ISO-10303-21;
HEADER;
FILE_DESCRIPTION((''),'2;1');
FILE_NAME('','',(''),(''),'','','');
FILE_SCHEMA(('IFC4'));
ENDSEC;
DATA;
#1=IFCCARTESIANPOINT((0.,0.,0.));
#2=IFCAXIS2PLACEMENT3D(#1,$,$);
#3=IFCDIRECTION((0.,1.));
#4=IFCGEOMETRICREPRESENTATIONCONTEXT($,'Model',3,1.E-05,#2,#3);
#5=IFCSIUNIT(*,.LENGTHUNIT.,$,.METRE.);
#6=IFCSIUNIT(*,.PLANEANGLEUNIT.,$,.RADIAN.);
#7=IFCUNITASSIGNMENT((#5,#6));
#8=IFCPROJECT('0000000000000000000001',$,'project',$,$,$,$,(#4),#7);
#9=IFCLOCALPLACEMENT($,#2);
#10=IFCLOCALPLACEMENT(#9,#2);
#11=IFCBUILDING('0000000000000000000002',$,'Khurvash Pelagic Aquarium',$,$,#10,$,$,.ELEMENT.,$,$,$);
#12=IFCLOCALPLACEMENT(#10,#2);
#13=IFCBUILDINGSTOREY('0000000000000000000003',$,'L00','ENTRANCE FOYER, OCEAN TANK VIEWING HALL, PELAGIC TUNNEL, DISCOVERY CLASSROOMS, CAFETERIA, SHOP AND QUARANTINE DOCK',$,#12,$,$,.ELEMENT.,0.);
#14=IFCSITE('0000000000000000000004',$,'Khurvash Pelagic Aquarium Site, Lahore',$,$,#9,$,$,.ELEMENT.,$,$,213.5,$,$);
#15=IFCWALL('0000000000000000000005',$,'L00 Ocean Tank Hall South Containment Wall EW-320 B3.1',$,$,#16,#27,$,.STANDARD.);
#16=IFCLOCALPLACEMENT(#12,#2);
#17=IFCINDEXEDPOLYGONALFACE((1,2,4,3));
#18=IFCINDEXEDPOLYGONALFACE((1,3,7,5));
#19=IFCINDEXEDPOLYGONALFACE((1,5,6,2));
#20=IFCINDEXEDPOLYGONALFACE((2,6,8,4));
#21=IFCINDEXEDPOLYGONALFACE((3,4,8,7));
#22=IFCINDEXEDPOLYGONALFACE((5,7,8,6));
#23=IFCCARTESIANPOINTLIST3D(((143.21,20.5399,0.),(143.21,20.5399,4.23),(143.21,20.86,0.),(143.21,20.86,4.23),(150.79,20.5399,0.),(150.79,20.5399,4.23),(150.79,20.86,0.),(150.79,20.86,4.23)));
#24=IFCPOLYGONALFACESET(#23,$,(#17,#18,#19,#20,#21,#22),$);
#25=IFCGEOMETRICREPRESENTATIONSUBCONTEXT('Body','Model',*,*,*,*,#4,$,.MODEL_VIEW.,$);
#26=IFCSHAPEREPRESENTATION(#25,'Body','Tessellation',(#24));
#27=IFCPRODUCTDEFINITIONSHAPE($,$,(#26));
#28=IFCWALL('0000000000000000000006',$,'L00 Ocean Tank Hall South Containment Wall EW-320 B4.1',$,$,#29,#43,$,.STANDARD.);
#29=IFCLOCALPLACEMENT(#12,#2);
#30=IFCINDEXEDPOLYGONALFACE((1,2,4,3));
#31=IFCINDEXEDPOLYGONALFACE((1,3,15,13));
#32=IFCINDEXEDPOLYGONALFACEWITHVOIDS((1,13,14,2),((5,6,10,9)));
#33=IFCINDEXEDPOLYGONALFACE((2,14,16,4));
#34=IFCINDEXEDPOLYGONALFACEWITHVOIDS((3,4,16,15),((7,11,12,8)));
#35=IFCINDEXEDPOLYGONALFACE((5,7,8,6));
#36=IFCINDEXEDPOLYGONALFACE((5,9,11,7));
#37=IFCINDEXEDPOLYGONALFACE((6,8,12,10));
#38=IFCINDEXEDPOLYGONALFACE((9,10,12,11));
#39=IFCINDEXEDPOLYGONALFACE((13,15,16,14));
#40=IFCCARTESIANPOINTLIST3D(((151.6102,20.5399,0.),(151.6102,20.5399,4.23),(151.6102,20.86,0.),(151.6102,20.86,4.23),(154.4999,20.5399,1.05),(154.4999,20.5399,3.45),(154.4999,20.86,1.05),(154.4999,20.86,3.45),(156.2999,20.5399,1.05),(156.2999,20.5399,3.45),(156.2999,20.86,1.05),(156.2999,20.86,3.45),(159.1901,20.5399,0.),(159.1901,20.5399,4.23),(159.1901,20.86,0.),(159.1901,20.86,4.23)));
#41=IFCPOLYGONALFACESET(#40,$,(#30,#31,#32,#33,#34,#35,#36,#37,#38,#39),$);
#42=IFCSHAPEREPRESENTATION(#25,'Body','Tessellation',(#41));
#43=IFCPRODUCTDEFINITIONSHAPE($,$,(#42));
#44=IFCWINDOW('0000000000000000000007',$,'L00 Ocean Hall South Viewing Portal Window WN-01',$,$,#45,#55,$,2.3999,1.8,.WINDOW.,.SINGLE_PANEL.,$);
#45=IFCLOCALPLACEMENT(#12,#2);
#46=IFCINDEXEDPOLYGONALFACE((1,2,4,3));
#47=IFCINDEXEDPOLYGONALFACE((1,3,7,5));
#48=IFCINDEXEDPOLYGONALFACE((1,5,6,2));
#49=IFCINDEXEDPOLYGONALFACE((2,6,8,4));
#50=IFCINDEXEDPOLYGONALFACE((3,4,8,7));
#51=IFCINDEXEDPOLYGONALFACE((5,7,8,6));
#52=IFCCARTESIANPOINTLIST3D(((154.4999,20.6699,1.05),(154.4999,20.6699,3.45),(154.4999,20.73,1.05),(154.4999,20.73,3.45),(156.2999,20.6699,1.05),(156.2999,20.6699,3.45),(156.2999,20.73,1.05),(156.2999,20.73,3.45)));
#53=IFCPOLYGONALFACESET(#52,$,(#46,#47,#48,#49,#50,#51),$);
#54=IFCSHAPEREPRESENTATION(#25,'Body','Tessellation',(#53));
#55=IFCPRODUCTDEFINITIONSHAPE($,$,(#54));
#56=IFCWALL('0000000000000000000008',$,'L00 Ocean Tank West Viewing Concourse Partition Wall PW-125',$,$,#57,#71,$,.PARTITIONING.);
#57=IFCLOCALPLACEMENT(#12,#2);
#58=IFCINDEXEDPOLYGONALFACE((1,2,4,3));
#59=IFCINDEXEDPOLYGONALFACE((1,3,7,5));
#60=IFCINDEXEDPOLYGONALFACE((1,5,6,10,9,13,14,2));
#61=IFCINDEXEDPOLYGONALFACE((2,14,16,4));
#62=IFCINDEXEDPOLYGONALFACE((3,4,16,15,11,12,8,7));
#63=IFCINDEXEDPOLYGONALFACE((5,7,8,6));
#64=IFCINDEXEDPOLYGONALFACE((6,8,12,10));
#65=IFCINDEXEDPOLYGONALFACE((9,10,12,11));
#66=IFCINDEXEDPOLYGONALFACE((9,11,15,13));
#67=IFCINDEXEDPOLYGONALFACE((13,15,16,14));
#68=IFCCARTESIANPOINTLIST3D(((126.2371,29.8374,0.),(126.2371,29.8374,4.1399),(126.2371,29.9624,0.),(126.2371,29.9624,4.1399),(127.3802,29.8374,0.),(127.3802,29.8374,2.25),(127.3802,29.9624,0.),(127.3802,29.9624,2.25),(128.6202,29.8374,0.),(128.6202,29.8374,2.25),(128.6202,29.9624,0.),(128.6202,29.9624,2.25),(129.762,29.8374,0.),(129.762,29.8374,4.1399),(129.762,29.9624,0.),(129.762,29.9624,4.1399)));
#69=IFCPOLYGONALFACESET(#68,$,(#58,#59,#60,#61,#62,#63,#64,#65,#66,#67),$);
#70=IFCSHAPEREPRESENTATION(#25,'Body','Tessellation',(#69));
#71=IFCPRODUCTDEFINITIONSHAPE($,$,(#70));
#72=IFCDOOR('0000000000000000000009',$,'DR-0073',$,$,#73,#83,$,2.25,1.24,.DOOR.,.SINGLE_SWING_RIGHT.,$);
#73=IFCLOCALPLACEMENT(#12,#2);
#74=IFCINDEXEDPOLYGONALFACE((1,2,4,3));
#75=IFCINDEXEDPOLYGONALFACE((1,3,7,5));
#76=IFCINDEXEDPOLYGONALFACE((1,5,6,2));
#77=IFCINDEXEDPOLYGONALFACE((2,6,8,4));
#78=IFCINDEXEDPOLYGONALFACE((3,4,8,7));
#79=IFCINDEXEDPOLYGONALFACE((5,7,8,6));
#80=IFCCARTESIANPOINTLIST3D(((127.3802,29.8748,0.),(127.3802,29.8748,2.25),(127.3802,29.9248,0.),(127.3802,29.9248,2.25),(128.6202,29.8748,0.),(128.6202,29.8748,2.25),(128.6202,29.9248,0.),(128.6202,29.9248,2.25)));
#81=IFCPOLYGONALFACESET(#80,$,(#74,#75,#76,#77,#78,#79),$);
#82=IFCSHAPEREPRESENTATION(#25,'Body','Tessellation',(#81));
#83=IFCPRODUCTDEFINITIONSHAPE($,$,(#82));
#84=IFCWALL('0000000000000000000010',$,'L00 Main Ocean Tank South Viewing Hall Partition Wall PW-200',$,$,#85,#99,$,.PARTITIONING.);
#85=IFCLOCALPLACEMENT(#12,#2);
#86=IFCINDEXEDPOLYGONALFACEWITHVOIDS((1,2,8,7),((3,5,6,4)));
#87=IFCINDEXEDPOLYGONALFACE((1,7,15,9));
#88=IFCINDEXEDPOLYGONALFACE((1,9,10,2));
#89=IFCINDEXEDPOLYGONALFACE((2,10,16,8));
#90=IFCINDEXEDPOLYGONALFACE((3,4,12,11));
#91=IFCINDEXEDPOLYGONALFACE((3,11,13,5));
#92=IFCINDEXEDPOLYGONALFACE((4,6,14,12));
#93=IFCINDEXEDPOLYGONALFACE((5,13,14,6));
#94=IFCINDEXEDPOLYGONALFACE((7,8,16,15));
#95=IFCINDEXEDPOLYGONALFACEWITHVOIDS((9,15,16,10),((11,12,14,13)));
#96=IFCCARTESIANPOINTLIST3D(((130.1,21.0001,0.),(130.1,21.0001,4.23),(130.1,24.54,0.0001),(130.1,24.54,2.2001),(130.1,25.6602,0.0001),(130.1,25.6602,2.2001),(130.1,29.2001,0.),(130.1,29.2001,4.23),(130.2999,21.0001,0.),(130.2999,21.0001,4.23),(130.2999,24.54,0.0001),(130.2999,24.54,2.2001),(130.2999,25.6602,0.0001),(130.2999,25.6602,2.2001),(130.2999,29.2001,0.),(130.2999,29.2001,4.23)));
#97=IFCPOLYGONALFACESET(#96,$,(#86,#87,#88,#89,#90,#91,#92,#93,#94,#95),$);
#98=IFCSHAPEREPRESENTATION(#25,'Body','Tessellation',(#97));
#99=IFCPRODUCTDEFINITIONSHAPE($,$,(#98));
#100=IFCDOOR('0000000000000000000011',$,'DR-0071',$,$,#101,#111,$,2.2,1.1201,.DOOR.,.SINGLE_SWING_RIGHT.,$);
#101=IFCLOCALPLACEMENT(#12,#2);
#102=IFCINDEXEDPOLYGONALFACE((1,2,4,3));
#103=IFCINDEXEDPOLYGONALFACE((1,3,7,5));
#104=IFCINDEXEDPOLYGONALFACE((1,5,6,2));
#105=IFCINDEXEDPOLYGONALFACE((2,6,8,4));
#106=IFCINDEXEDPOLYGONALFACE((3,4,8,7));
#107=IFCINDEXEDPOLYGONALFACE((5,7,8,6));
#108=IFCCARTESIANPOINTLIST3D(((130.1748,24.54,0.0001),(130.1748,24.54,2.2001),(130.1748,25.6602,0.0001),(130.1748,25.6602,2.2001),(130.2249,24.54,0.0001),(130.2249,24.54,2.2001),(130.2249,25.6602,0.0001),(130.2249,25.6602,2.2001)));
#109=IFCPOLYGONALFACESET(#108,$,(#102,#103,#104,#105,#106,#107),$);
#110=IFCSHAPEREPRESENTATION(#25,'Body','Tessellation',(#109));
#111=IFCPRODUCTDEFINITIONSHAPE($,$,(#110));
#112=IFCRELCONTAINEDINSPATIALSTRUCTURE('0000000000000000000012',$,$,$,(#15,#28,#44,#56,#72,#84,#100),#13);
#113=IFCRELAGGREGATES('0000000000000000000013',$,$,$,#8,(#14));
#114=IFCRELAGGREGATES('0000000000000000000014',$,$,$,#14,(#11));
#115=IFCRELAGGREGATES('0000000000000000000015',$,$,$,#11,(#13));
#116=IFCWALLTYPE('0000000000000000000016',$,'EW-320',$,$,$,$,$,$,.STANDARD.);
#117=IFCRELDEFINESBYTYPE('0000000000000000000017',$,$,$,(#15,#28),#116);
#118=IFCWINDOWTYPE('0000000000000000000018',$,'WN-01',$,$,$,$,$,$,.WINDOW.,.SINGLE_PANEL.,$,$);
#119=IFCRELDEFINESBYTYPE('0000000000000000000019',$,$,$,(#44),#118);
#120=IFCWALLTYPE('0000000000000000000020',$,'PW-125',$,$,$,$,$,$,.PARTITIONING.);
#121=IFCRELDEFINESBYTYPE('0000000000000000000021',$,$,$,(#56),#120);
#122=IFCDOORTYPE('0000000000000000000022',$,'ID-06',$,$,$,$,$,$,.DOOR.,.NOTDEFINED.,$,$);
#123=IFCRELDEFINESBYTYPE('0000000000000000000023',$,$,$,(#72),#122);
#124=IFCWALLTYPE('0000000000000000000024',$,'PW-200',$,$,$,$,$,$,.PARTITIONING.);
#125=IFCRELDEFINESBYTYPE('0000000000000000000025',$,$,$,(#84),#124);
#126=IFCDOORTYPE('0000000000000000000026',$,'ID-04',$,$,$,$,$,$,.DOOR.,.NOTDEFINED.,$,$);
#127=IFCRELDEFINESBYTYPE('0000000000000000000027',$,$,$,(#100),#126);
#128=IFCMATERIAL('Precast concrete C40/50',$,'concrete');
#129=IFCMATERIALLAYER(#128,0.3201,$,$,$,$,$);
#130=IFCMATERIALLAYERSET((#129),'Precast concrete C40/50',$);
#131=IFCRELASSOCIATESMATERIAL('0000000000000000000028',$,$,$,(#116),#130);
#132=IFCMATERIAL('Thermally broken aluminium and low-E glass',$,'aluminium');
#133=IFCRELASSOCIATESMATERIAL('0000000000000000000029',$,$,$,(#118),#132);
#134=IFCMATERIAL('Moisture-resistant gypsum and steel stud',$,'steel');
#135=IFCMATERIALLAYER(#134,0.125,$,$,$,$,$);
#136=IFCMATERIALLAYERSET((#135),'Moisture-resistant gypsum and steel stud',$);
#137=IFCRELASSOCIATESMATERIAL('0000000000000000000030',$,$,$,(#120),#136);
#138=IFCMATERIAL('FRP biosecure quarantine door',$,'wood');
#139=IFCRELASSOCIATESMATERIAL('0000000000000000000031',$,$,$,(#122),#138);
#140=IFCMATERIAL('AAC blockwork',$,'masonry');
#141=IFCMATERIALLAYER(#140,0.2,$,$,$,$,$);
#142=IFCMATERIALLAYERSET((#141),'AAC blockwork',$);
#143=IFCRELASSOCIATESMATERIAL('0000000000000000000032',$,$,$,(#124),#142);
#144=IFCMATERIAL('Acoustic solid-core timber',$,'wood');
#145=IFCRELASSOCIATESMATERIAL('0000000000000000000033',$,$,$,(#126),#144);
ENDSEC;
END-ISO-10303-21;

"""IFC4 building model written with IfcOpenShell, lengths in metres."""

from ifc_helpers import new_model, si_unit, direction, frame, frame_2d, origin, place, context, subcontext, project, spatial, rectangle, extrude, material, layer, layer_set, type_object, element, fill, save


model = new_model("IFC4")

# Units and contexts
model_context = context("Model", 3, precision=1e-05, world=origin(), true_north=direction((0.0, 1.0)))
body_context = subcontext(model_context, "Body", "Model", "MODEL_VIEW")
ifc_project = project(units=[si_unit("LENGTHUNIT", "METRE"), si_unit("PLANEANGLEUNIT", "RADIAN")], contexts=[model_context])

# Site, building, storey
site_placement = place(None, origin())
site = spatial("IfcSite", under=ifc_project, at=site_placement, Name="Khurvash Pelagic Aquarium Site, Lahore", CompositionType="ELEMENT", RefElevation=213.5)
building_placement = place(site_placement, origin())
building = spatial("IfcBuilding", under=site, at=building_placement, Name="Khurvash Pelagic Aquarium", CompositionType="ELEMENT")
storey_placement = place(building_placement, origin())
storey = spatial("IfcBuildingStorey", under=building, at=storey_placement, Name="L00", Description="ENTRANCE FOYER, OCEAN TANK VIEWING HALL, PELAGIC TUNNEL, DISCOVERY CLASSROOMS, CAFETERIA, SHOP AND QUARANTINE DOCK", CompositionType="ELEMENT", Elevation=0.0)

# Shared definitions
ifc_material_1 = material(Name="Precast concrete C40/50", Category="concrete")
ifc_layer_1 = layer(ifc_material_1, 0.3201)
ifc_layer_set_1 = layer_set([ifc_layer_1], Name="Precast concrete C40/50")
wall_type_1 = type_object("IfcWallType", Name="EW-320", PredefinedType="STANDARD", material=ifc_layer_set_1)

# Shared definitions
ifc_material_2 = material(Name="Thermally broken aluminium and low-E glass", Category="aluminium")
window_type_1 = type_object("IfcWindowType", Name="WN-01", PartitioningType="SINGLE_PANEL", PredefinedType="WINDOW", material=ifc_material_2)

# Wall
wall_1_placement = place(storey_placement, frame((143.21, 20.7, 0.0), z_axis=(0.0, 0.0, 1.0), x_axis=(1.0, 0.0, 0.0)))
element("IfcWall", 1, at=wall_1_placement, inside=storey, type_object=wall_type_1, Name="L00 Ocean Tank Hall South Containment Wall EW-320 B3.1", PredefinedType="STANDARD", context=body_context, shape_type="SweptSolid", body=[
    extrude(rectangle(XDim=7.5801, YDim=0.3201, at=frame_2d((3.79, 0.0))), origin(), (0.0, 0.0, 1.0), 4.23),
])

# Wall, opening, window
wall_2_placement = place(storey_placement, frame((151.6101, 20.7, 0.0), z_axis=(0.0, 0.0, 1.0), x_axis=(1.0, 0.0, 0.0)))
wall_2 = element("IfcWall", 2, at=wall_2_placement, inside=storey, type_object=wall_type_1, Name="L00 Ocean Tank Hall South Containment Wall EW-320 B4.1", PredefinedType="STANDARD", context=body_context, shape_type="SweptSolid", body=[
    extrude(rectangle(XDim=7.5798, YDim=0.3201, at=frame_2d((3.79, 0.0))), origin(), (0.0, 0.0, 1.0), 4.23),
])
opening_1_placement = place(wall_2_placement, frame((2.8899, 0.0, 1.05)))
opening_1 = element("IfcOpeningElement", 3, at=opening_1_placement, cuts=wall_2, PredefinedType="OPENING", context=body_context, shape_type="SweptSolid", body=[
    extrude(rectangle(XDim=1.8, YDim=2.3999, at=frame_2d((0.8999, 1.2))), frame((0.0, 0.1699, 0.0), z_axis=(0.0, -1.0, 0.0), x_axis=(1.0, 0.0, 0.0)), (0.0, 0.0, 1.0), 0.3401),
])
window_1_placement = place(opening_1_placement, origin())
window_1 = element("IfcWindow", 4, at=window_1_placement, inside=storey, type_object=window_type_1, Name="L00 Ocean Hall South Viewing Portal Window WN-01", OverallHeight=2.3999, OverallWidth=1.8, PartitioningType="SINGLE_PANEL", PredefinedType="WINDOW", context=body_context, shape_type="SweptSolid", body=[
    extrude(rectangle(XDim=1.8, YDim=2.3999, at=frame_2d((0.8999, 1.2))), frame((0.0, 0.03, 0.0), z_axis=(0.0, -1.0, 0.0), x_axis=(1.0, 0.0, 0.0)), (0.0, 0.0, 1.0), 0.0601),
])
fill(opening_1, window_1)

# Walls, openings, doors
ifc_material_3 = material(Name="Moisture-resistant gypsum and steel stud", Category="steel")
ifc_layer_2 = layer(ifc_material_3, 0.125)
ifc_layer_set_2 = layer_set([ifc_layer_2], Name="Moisture-resistant gypsum and steel stud")
wall_type_2 = type_object("IfcWallType", Name="PW-125", PredefinedType="PARTITIONING", material=ifc_layer_set_2)
wall_3_placement = place(storey_placement, frame((126.2371, 29.8999, 0.0), z_axis=(0.0, 0.0, 1.0), x_axis=(1.0, 0.0, 0.0)))
wall_3 = element("IfcWall", 5, at=wall_3_placement, inside=storey, type_object=wall_type_2, Name="L00 Ocean Tank West Viewing Concourse Partition Wall PW-125", PredefinedType="PARTITIONING", context=body_context, shape_type="SweptSolid", body=[
    extrude(rectangle(XDim=3.5249, YDim=0.125, at=frame_2d((1.7625, 0.0))), origin(), (0.0, 0.0, 1.0), 4.1399),
])
opening_2_placement = place(wall_3_placement, frame((1.1431, 0.0, 0.0)))
opening_2 = element("IfcOpeningElement", 6, at=opening_2_placement, cuts=wall_3, PredefinedType="OPENING", context=body_context, shape_type="SweptSolid", body=[
    extrude(rectangle(XDim=1.24, YDim=2.25, at=frame_2d((0.6201, 1.125))), frame((0.0, 0.0725, 0.0), z_axis=(0.0, -1.0, 0.0), x_axis=(1.0, 0.0, 0.0)), (0.0, 0.0, 1.0), 0.145),
])
ifc_material_4 = material(Name="FRP biosecure quarantine door", Category="wood")
door_type_1 = type_object("IfcDoorType", Name="ID-06", OperationType="NOTDEFINED", PredefinedType="DOOR", material=ifc_material_4)
door_1_placement = place(opening_2_placement, origin())
door_1 = element("IfcDoor", 7, at=door_1_placement, inside=storey, type_object=door_type_1, Name="DR-0073", OperationType="SINGLE_SWING_RIGHT", OverallHeight=2.25, OverallWidth=1.24, PredefinedType="DOOR", context=body_context, shape_type="SweptSolid", body=[
    extrude(rectangle(XDim=1.24, YDim=2.25, at=frame_2d((0.6201, 1.125))), frame((0.0, 0.0249, 0.0), z_axis=(0.0, -1.0, 0.0), x_axis=(1.0, 0.0, 0.0)), (0.0, 0.0, 1.0), 0.05),
])
fill(opening_2, door_1)
ifc_material_5 = material(Name="AAC blockwork", Category="masonry")
ifc_layer_3 = layer(ifc_material_5, 0.2)
ifc_layer_set_3 = layer_set([ifc_layer_3], Name="AAC blockwork")
wall_type_3 = type_object("IfcWallType", Name="PW-200", PredefinedType="PARTITIONING", material=ifc_layer_set_3)
wall_4_placement = place(storey_placement, frame((130.2, 21.0, 0.0), z_axis=(0.0, 0.0, 1.0), x_axis=(0.0, 1.0, 0.0)))
wall_4 = element("IfcWall", 8, at=wall_4_placement, inside=storey, type_object=wall_type_3, Name="L00 Main Ocean Tank South Viewing Hall Partition Wall PW-200", PredefinedType="PARTITIONING", context=body_context, shape_type="SweptSolid", body=[
    extrude(rectangle(XDim=8.2, YDim=0.2, at=frame_2d((4.1001, 0.0))), origin(), (0.0, 0.0, 1.0), 4.23),
])
opening_3_placement = place(wall_4_placement, frame((3.54, 0.0, 0.0)))
opening_3 = element("IfcOpeningElement", 9, at=opening_3_placement, cuts=wall_4, PredefinedType="OPENING", context=body_context, shape_type="SweptSolid", body=[
    extrude(rectangle(XDim=1.1201, YDim=2.2, at=frame_2d((0.5601, 1.1001))), frame((0.0, 0.1099, 0.0), z_axis=(0.0, -1.0, 0.0), x_axis=(1.0, 0.0, 0.0)), (0.0, 0.0, 1.0), 0.22),
])
ifc_material_6 = material(Name="Acoustic solid-core timber", Category="wood")
door_type_2 = type_object("IfcDoorType", Name="ID-04", OperationType="NOTDEFINED", PredefinedType="DOOR", material=ifc_material_6)
door_2_placement = place(opening_3_placement, frame((1.1201, 0.0, 0.0), z_axis=(0.0, 0.0, 1.0), x_axis=(-1.0, 0.0, 0.0)))
door_2 = element("IfcDoor", 10, at=door_2_placement, inside=storey, type_object=door_type_2, Name="DR-0071", OperationType="SINGLE_SWING_RIGHT", OverallHeight=2.2, OverallWidth=1.1201, PredefinedType="DOOR", context=body_context, shape_type="SweptSolid", body=[
    extrude(rectangle(XDim=1.1201, YDim=2.2, at=frame_2d((0.5601, 1.1001))), frame((0.0, 0.0249, 0.0), z_axis=(0.0, -1.0, 0.0), x_axis=(1.0, 0.0, 0.0)), (0.0, 0.0, 1.0), 0.05),
])
fill(opening_3, door_2)

save(model, "model.ifc")
